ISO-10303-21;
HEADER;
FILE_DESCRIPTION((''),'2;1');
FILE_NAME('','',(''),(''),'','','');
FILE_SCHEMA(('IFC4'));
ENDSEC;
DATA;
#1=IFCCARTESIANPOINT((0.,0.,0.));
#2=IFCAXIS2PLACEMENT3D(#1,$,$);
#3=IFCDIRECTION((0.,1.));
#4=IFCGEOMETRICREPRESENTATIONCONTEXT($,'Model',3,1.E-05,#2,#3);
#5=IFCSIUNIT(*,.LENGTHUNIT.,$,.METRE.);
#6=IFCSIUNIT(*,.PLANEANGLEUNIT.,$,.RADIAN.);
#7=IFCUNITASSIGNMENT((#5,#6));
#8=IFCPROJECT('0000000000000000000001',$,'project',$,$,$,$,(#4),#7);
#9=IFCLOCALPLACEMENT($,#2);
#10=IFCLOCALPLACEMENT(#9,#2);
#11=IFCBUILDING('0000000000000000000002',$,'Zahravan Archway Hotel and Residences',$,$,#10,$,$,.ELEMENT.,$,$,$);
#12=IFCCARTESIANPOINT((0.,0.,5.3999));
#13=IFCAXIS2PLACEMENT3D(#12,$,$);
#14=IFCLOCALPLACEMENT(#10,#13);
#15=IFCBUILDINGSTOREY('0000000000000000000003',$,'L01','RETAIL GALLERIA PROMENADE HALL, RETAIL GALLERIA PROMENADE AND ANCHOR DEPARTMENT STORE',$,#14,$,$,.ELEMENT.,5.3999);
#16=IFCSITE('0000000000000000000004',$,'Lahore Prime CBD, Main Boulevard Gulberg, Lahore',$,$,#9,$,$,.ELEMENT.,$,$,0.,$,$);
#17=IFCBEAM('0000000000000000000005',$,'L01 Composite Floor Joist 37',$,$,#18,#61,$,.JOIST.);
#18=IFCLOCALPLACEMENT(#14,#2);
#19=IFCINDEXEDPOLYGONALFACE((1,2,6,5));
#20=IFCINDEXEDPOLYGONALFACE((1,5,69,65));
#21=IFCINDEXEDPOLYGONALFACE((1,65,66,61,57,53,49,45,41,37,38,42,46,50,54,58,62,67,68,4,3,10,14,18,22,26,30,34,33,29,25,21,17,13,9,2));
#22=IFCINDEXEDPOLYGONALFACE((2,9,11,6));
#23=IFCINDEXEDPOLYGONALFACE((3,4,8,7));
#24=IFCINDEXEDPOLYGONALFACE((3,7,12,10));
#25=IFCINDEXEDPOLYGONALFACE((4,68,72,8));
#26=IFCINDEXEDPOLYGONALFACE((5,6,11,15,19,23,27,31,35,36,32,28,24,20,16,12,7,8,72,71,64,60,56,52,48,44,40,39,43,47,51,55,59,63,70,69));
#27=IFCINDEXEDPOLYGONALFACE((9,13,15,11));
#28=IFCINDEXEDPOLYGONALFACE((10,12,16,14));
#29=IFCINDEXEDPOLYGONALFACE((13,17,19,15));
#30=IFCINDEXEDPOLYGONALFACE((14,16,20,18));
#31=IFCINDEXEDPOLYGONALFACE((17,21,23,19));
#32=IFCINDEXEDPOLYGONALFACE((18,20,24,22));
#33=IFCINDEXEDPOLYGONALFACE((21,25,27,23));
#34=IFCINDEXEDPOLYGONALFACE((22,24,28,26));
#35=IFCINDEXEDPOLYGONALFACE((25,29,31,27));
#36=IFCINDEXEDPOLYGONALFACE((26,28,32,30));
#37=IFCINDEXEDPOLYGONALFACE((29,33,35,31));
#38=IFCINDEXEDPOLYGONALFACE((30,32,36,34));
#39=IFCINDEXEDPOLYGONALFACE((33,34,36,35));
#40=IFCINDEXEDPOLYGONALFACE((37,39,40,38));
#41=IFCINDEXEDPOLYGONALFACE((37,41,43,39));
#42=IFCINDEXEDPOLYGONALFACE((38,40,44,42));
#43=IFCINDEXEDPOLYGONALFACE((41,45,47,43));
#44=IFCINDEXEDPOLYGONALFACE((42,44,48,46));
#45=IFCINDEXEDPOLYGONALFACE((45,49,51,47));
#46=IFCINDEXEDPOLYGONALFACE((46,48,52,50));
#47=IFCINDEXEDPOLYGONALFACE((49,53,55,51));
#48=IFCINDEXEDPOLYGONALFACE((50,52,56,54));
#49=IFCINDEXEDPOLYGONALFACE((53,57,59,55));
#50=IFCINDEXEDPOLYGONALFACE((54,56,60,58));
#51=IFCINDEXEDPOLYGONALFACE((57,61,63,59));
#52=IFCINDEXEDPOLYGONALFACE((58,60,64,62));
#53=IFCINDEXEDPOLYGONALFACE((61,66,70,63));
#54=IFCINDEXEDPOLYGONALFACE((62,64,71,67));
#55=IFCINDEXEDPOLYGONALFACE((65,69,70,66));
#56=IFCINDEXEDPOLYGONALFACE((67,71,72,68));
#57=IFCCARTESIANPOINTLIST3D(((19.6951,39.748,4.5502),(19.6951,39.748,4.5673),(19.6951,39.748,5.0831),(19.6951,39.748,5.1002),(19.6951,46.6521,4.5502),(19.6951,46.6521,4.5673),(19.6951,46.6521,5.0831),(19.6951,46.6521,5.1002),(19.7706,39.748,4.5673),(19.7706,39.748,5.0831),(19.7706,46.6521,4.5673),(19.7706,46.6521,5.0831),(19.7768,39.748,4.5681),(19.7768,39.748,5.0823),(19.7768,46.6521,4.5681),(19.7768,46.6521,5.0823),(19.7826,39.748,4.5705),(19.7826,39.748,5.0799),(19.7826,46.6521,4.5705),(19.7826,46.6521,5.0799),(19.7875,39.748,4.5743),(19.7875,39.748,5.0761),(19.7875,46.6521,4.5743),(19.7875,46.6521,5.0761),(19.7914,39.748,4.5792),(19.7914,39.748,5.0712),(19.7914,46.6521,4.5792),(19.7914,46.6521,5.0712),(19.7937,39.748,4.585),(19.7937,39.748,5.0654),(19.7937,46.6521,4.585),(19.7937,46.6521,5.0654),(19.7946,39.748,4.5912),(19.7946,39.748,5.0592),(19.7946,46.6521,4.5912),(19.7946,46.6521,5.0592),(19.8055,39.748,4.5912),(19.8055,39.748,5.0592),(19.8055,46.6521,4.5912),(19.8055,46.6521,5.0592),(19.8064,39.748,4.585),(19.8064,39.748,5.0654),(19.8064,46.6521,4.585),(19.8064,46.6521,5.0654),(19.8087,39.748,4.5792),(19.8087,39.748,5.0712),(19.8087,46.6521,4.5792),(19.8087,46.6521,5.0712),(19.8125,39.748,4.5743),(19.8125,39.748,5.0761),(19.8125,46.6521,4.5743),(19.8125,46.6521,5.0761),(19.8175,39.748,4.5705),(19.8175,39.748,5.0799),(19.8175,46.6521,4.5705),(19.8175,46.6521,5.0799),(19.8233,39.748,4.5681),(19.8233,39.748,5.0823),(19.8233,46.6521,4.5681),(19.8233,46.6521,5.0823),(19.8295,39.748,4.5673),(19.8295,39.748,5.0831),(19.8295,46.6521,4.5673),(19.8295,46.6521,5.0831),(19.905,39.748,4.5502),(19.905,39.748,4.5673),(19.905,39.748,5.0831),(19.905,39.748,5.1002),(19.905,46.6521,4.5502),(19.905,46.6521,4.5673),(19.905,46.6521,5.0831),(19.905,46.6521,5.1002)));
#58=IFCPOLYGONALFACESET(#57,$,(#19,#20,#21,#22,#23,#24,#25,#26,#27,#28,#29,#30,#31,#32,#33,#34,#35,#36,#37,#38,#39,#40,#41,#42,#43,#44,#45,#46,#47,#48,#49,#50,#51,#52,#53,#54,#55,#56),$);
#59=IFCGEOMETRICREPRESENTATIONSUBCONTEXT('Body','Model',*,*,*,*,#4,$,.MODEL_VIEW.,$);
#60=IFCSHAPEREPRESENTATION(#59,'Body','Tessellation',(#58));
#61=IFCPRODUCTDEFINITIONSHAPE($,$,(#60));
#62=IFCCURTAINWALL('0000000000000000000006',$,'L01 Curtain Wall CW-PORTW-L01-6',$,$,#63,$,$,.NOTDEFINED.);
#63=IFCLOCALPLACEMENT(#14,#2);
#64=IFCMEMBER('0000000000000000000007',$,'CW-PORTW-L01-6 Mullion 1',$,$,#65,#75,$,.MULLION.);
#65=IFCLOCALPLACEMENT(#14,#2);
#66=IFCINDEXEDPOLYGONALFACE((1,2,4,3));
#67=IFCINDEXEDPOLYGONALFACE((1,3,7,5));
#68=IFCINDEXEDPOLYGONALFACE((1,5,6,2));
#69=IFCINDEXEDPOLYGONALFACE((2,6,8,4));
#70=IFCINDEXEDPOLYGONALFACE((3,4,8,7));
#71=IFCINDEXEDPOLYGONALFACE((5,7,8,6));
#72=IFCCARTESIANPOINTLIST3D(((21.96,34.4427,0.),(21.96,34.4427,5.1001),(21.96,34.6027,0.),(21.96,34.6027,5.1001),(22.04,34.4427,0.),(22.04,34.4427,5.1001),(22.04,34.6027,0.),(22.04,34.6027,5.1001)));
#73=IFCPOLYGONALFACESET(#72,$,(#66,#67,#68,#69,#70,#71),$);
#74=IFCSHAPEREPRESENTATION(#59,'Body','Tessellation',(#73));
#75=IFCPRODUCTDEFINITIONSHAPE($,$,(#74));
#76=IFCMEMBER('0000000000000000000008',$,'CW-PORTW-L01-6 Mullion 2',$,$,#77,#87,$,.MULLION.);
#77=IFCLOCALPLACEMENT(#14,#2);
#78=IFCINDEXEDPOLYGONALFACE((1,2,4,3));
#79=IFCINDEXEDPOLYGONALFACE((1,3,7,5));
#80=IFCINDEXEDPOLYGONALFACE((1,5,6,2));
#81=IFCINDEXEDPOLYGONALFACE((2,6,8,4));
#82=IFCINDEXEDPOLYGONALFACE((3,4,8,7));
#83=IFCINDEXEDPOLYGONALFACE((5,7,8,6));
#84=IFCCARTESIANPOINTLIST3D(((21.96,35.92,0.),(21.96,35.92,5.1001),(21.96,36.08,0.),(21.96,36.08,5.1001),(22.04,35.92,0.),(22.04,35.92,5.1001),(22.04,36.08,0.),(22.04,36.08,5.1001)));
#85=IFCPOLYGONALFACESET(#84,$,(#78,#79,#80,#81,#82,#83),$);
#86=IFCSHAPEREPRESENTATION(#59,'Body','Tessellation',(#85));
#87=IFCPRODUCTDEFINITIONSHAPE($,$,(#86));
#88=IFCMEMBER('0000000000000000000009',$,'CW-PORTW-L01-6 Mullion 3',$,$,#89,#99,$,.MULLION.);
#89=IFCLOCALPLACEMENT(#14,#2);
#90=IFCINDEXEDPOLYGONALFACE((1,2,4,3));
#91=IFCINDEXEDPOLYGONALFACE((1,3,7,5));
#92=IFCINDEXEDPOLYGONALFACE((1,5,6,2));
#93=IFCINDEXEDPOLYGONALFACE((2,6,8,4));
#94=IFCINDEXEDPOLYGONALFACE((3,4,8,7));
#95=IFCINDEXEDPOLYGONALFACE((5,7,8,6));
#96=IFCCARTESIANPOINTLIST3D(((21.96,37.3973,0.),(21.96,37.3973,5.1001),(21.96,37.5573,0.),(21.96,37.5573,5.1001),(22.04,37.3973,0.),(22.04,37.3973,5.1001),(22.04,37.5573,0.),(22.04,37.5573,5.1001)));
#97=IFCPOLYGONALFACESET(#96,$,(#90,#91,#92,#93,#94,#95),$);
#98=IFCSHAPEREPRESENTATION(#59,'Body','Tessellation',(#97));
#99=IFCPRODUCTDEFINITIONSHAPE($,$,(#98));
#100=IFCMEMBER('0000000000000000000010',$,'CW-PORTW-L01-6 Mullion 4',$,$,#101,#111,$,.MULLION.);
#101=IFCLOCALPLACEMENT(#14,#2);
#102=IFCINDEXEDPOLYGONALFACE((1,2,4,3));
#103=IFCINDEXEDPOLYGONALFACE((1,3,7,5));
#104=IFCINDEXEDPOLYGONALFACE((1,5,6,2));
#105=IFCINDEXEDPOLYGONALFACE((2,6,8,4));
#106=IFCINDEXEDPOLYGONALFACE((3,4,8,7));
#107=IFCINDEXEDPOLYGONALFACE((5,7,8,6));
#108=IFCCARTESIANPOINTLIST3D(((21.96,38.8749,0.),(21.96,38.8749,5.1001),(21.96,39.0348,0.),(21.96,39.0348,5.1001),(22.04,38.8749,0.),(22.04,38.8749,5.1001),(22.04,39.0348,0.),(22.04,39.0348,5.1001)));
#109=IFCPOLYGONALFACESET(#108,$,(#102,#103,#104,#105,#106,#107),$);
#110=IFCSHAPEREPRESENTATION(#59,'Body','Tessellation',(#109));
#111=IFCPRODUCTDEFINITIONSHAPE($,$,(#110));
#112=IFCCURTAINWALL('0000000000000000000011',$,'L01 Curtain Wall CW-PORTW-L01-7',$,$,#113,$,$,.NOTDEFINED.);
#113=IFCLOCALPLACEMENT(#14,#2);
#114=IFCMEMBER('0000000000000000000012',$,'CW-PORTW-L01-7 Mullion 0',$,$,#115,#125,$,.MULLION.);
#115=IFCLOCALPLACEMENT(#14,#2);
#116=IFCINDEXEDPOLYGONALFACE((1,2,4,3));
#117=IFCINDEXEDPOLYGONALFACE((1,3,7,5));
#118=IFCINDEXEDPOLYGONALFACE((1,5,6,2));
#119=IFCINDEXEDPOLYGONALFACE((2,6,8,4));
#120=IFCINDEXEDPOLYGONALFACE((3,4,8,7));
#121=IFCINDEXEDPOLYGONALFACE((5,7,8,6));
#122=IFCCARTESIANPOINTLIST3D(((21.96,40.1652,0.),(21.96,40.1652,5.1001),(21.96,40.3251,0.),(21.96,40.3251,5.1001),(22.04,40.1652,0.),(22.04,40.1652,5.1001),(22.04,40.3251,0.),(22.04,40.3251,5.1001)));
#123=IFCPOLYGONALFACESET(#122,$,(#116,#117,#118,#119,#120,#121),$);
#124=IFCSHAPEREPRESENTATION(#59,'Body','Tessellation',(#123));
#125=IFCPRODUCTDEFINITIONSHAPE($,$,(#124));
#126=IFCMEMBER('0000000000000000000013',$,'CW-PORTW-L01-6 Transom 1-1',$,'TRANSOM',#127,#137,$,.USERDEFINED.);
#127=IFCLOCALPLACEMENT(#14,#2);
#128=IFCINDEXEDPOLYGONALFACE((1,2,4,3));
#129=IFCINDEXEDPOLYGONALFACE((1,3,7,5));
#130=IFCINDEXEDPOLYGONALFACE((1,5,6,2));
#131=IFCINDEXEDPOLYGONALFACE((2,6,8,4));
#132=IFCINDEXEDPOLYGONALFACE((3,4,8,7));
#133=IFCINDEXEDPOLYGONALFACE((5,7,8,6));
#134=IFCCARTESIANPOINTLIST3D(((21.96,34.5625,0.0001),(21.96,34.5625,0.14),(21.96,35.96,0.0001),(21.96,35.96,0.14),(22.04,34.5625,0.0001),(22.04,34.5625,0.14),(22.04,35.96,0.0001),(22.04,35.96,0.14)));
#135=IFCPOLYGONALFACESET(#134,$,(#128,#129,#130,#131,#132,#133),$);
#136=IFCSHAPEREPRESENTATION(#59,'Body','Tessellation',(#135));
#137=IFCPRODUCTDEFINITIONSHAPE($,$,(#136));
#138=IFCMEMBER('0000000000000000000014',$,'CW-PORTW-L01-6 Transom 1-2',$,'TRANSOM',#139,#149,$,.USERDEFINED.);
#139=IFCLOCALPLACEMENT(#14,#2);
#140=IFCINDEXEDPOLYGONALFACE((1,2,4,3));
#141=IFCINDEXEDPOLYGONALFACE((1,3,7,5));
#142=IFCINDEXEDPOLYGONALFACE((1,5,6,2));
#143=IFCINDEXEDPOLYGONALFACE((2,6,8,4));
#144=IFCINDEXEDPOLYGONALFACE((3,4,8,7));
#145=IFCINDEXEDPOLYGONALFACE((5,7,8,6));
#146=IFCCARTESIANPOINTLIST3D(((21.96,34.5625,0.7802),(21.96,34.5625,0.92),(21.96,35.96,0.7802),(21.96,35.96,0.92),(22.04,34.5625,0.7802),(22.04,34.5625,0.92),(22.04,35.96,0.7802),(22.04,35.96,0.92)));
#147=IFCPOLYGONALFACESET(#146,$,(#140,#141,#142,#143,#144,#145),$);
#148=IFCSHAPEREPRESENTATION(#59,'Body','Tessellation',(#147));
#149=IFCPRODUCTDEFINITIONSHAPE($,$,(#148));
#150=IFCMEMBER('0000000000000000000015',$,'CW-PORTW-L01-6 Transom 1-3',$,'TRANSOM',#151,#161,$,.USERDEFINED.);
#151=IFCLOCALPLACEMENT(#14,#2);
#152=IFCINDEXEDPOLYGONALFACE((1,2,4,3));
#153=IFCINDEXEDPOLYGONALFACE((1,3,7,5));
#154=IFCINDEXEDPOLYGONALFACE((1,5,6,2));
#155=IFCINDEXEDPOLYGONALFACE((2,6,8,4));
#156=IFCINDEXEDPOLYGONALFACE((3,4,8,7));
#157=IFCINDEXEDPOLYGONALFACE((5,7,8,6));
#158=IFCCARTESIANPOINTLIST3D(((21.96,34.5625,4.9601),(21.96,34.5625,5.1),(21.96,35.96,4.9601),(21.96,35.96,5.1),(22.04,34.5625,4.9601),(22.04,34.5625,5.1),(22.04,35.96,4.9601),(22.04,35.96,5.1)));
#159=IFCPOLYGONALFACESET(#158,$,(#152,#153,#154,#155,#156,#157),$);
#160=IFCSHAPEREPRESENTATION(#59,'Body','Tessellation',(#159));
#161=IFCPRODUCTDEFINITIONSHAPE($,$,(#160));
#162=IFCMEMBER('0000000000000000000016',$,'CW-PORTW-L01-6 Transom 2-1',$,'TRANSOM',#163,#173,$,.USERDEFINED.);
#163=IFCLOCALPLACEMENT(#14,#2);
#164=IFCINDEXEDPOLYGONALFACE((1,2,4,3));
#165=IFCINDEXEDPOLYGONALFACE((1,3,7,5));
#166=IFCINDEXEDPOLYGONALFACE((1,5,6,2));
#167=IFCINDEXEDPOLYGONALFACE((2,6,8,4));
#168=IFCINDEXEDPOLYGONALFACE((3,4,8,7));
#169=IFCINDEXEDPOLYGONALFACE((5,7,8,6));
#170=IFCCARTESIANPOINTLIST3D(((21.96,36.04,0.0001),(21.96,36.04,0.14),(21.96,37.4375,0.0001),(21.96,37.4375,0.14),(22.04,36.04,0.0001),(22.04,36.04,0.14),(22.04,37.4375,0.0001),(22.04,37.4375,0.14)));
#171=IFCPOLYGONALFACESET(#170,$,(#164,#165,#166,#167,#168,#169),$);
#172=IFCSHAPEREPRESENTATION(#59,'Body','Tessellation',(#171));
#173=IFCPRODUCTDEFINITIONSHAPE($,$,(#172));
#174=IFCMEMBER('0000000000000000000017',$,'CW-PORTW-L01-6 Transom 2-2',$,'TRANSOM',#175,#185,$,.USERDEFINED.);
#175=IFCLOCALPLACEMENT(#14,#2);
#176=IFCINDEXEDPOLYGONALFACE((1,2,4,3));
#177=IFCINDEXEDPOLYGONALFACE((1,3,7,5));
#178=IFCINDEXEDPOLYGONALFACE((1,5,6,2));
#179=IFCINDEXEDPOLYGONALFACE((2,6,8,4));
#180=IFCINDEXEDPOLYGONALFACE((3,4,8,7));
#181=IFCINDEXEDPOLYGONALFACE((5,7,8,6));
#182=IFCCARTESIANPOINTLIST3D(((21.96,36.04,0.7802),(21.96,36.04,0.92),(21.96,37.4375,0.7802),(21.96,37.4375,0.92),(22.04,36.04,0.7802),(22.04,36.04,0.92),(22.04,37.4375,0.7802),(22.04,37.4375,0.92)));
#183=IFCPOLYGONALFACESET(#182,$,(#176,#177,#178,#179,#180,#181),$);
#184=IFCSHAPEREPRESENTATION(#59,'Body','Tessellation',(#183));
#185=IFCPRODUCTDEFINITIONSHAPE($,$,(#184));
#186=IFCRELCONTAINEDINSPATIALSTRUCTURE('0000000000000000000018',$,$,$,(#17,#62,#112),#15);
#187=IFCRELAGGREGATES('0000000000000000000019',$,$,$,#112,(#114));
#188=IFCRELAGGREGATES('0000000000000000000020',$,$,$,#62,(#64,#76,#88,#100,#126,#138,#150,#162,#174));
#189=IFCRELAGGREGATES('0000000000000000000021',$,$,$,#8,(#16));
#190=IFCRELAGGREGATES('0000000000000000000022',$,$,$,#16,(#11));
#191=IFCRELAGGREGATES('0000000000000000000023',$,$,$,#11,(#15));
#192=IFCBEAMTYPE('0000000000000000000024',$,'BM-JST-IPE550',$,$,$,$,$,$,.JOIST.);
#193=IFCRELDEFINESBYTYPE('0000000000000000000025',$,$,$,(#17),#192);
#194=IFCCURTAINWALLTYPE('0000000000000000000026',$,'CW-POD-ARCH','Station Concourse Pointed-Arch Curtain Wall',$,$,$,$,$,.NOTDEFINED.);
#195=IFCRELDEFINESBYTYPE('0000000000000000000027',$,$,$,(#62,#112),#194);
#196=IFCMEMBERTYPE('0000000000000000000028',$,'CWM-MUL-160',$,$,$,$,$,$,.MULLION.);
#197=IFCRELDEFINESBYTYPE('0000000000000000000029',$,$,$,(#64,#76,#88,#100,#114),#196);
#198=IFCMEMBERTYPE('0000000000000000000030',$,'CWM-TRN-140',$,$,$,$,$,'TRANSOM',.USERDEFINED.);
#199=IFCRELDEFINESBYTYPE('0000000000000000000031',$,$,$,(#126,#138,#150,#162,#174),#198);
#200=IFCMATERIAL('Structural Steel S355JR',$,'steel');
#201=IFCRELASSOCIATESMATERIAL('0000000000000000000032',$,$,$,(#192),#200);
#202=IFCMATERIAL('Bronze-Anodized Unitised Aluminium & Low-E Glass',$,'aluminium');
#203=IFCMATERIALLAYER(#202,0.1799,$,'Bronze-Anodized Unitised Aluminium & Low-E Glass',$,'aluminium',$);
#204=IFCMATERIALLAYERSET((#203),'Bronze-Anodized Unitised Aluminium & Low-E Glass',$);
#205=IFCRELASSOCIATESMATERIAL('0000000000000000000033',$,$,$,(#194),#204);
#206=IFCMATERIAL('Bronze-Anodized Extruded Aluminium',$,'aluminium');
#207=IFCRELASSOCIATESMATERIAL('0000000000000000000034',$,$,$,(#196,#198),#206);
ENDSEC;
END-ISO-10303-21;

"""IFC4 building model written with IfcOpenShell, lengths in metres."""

from ifc_helpers import new_model, si_unit, direction, frame, origin, origin_2d, place, context, subcontext, project, spatial, rectangle, i_section, extrude, source, transform, mapped, material, layer, layer_set, material_profile, profile_set, type_object, type_shapes, element, aggregate, save


model = new_model("IFC4")

# Units and contexts
model_context = context("Model", 3, precision=1e-05, world=origin(), true_north=direction((0.0, 1.0)))
body_context = subcontext(model_context, "Body", "Model", "MODEL_VIEW")
ifc_project = project(units=[si_unit("LENGTHUNIT", "METRE"), si_unit("PLANEANGLEUNIT", "RADIAN")], contexts=[model_context])

# Site, building, storey
site_placement = place(None, origin())
site = spatial("IfcSite", under=ifc_project, at=site_placement, Name="Lahore Prime CBD, Main Boulevard Gulberg, Lahore", CompositionType="ELEMENT", RefElevation=0.0)
building_placement = place(site_placement, origin())
building = spatial("IfcBuilding", under=site, at=building_placement, Name="Zahravan Archway Hotel and Residences", CompositionType="ELEMENT")
storey_placement = place(building_placement, frame((0.0, 0.0, 5.3999)))
storey = spatial("IfcBuildingStorey", under=building, at=storey_placement, Name="L01", Description="RETAIL GALLERIA PROMENADE HALL, RETAIL GALLERIA PROMENADE AND ANCHOR DEPARTMENT STORE", CompositionType="ELEMENT", Elevation=5.3999)

# Beam
ifc_material_1 = material(Name="Structural Steel S355JR", Category="steel")
ifc_material_profile_1 = material_profile(ifc_material_1, i_section(OverallWidth=0.21, OverallDepth=0.55, WebThickness=0.011, FlangeThickness=0.0171, FilletRadius=0.0239, at=origin_2d()), Name="IPE 550", Category="steel")
ifc_profile_set_1 = profile_set([ifc_material_profile_1], Name="Structural Steel S355JR")
beam_type_1 = type_object("IfcBeamType", Name="BM-JST-IPE550", PredefinedType="JOIST", material=ifc_profile_set_1)
shared_shape_1 = source(origin(), body_context, "Body", "SweptSolid", [
    extrude(i_section(OverallWidth=0.21, OverallDepth=0.55, WebThickness=0.011, FlangeThickness=0.0171, FilletRadius=0.0239, at=origin_2d()), origin(), (0.0, 0.0, 1.0), 6.9041),
])
type_shapes(beam_type_1, [shared_shape_1])
for number, where, z_axis, x_axis, name in (
    (1, (19.8, 39.748, 4.8252), (0.0, 1.0, 0.0), (-1.0, 0.0, 0.0), "L01 Composite Floor Joist 37"),
):
    element("IfcBeam", number, at=place(storey_placement, frame(where, z_axis=z_axis, x_axis=x_axis)), inside=storey, type_object=beam_type_1, Name=name, PredefinedType="JOIST", context=body_context, shape_type="MappedRepresentation", body=[
        mapped(shared_shape_1, transform((0.0, 0.0, 0.0), scale=1.0)),
    ])

# Curtain wall, members
ifc_material_2 = material(Name="Bronze-Anodized Unitised Aluminium & Low-E Glass", Category="aluminium")
ifc_layer_1 = layer(ifc_material_2, 0.1799, Name="Bronze-Anodized Unitised Aluminium & Low-E Glass", Category="aluminium")
ifc_layer_set_1 = layer_set([ifc_layer_1], Name="Bronze-Anodized Unitised Aluminium & Low-E Glass")
curtain_wall_type = type_object("IfcCurtainWallType", Name="CW-POD-ARCH", Description="Station Concourse Pointed-Arch Curtain Wall", PredefinedType="NOTDEFINED", material=ifc_layer_set_1)
curtain_wall_1_placement = place(storey_placement, origin())
curtain_wall_1 = element("IfcCurtainWall", 2, at=curtain_wall_1_placement, inside=storey, type_object=curtain_wall_type, Name="L01 Curtain Wall CW-PORTW-L01-6", PredefinedType="NOTDEFINED")
ifc_material_3 = material(Name="Bronze-Anodized Extruded Aluminium", Category="aluminium")
ifc_material_profile_2 = material_profile(ifc_material_3, rectangle(XDim=0.0801, YDim=0.1599, at=origin_2d()), Name="MUL 80x160", Category="aluminium")
ifc_profile_set_2 = profile_set([ifc_material_profile_2], Name="Bronze-Anodized Extruded Aluminium")
member_type_1 = type_object("IfcMemberType", Name="CWM-MUL-160", PredefinedType="MULLION", material=ifc_profile_set_2)
shared_shape_2 = source(origin(), body_context, "Body", "SweptSolid", [
    extrude(rectangle(XDim=0.0801, YDim=0.1599, at=origin_2d()), origin(), (0.0, 0.0, 1.0), 5.1001),
])
member_1_placement = place(storey_placement, frame((22.0, 34.5227, 0.0), z_axis=(0.0, 0.0, 1.0), x_axis=(1.0, 0.0, 0.0)))
member_1 = element("IfcMember", 3, at=member_1_placement, type_object=member_type_1, Name="CW-PORTW-L01-6 Mullion 1", PredefinedType="MULLION", context=body_context, shape_type="MappedRepresentation", body=[
    mapped(shared_shape_2, transform((0.0, 0.0, 0.0), scale=1.0)),
])
member_2_placement = place(storey_placement, frame((22.0, 36.0, 0.0), z_axis=(0.0, 0.0, 1.0), x_axis=(1.0, 0.0, 0.0)))
member_2 = element("IfcMember", 4, at=member_2_placement, type_object=member_type_1, Name="CW-PORTW-L01-6 Mullion 2", PredefinedType="MULLION", context=body_context, shape_type="MappedRepresentation", body=[
    mapped(shared_shape_2, transform((0.0, 0.0, 0.0), scale=1.0)),
])
member_3_placement = place(storey_placement, frame((22.0, 37.4773, 0.0), z_axis=(0.0, 0.0, 1.0), x_axis=(1.0, 0.0, 0.0)))
member_3 = element("IfcMember", 5, at=member_3_placement, type_object=member_type_1, Name="CW-PORTW-L01-6 Mullion 3", PredefinedType="MULLION", context=body_context, shape_type="MappedRepresentation", body=[
    mapped(shared_shape_2, transform((0.0, 0.0, 0.0), scale=1.0)),
])
member_4_placement = place(storey_placement, frame((22.0, 38.9548, 0.0), z_axis=(0.0, 0.0, 1.0), x_axis=(1.0, 0.0, 0.0)))
member_4 = element("IfcMember", 6, at=member_4_placement, type_object=member_type_1, Name="CW-PORTW-L01-6 Mullion 4", PredefinedType="MULLION", context=body_context, shape_type="MappedRepresentation", body=[
    mapped(shared_shape_2, transform((0.0, 0.0, 0.0), scale=1.0)),
])

# Curtain wall, member
curtain_wall_2_placement = place(storey_placement, origin())
curtain_wall_2 = element("IfcCurtainWall", 7, at=curtain_wall_2_placement, inside=storey, type_object=curtain_wall_type, Name="L01 Curtain Wall CW-PORTW-L01-7", PredefinedType="NOTDEFINED")
member_5_placement = place(storey_placement, frame((22.0, 40.2451, 0.0), z_axis=(0.0, 0.0, 1.0), x_axis=(1.0, 0.0, 0.0)))
member_5 = element("IfcMember", 8, at=member_5_placement, type_object=member_type_1, Name="CW-PORTW-L01-7 Mullion 0", PredefinedType="MULLION", context=body_context, shape_type="MappedRepresentation", body=[
    mapped(shared_shape_2, transform((0.0, 0.0, 0.0), scale=1.0)),
])

# Members
ifc_material_profile_3 = material_profile(ifc_material_3, rectangle(XDim=0.0801, YDim=0.1399, at=origin_2d()), Name="TRN 80x140", Category="aluminium")
ifc_profile_set_3 = profile_set([ifc_material_profile_3], Name="Bronze-Anodized Extruded Aluminium")
member_type_2 = type_object("IfcMemberType", Name="CWM-TRN-140", ElementType="TRANSOM", PredefinedType="USERDEFINED", material=ifc_profile_set_3)
shared_shape_3 = source(origin(), body_context, "Body", "SweptSolid", [
    extrude(rectangle(XDim=0.0801, YDim=0.1399, at=origin_2d()), origin(), (0.0, 0.0, 1.0), 1.3975),
])
member_6_placement = place(storey_placement, frame((22.0, 34.5625, 0.0701), z_axis=(0.0, 1.0, 0.0), x_axis=(-1.0, 0.0, 0.0)))
member_6 = element("IfcMember", 9, at=member_6_placement, type_object=member_type_2, Name="CW-PORTW-L01-6 Transom 1-1", ObjectType="TRANSOM", PredefinedType="USERDEFINED", context=body_context, shape_type="MappedRepresentation", body=[
    mapped(shared_shape_3, transform((0.0, 0.0, 0.0), scale=1.0)),
])
member_7_placement = place(storey_placement, frame((22.0, 34.5625, 0.8501), z_axis=(0.0, 1.0, 0.0), x_axis=(-1.0, 0.0, 0.0)))
member_7 = element("IfcMember", 10, at=member_7_placement, type_object=member_type_2, Name="CW-PORTW-L01-6 Transom 1-2", ObjectType="TRANSOM", PredefinedType="USERDEFINED", context=body_context, shape_type="MappedRepresentation", body=[
    mapped(shared_shape_3, transform((0.0, 0.0, 0.0), scale=1.0)),
])
member_8_placement = place(storey_placement, frame((22.0, 34.5625, 5.03), z_axis=(0.0, 1.0, 0.0), x_axis=(-1.0, 0.0, 0.0)))
member_8 = element("IfcMember", 11, at=member_8_placement, type_object=member_type_2, Name="CW-PORTW-L01-6 Transom 1-3", ObjectType="TRANSOM", PredefinedType="USERDEFINED", context=body_context, shape_type="MappedRepresentation", body=[
    mapped(shared_shape_3, transform((0.0, 0.0, 0.0), scale=1.0)),
])
member_9_placement = place(storey_placement, frame((22.0, 36.04, 0.0701), z_axis=(0.0, 1.0, 0.0), x_axis=(-1.0, 0.0, 0.0)))
member_9 = element("IfcMember", 12, at=member_9_placement, type_object=member_type_2, Name="CW-PORTW-L01-6 Transom 2-1", ObjectType="TRANSOM", PredefinedType="USERDEFINED", context=body_context, shape_type="MappedRepresentation", body=[
    mapped(shared_shape_3, transform((0.0, 0.0, 0.0), scale=1.0)),
])
member_10_placement = place(storey_placement, frame((22.0, 36.04, 0.8501), z_axis=(0.0, 1.0, 0.0), x_axis=(-1.0, 0.0, 0.0)))
member_10 = element("IfcMember", 13, at=member_10_placement, type_object=member_type_2, Name="CW-PORTW-L01-6 Transom 2-2", ObjectType="TRANSOM", PredefinedType="USERDEFINED", context=body_context, shape_type="MappedRepresentation", body=[
    mapped(shared_shape_3, transform((0.0, 0.0, 0.0), scale=1.0)),
])
aggregate(curtain_wall_2, [member_5])

aggregate(curtain_wall_1, [member_1, member_2, member_3, member_4, member_6, member_7, member_8, member_9, member_10])

save(model, "model.ifc")
